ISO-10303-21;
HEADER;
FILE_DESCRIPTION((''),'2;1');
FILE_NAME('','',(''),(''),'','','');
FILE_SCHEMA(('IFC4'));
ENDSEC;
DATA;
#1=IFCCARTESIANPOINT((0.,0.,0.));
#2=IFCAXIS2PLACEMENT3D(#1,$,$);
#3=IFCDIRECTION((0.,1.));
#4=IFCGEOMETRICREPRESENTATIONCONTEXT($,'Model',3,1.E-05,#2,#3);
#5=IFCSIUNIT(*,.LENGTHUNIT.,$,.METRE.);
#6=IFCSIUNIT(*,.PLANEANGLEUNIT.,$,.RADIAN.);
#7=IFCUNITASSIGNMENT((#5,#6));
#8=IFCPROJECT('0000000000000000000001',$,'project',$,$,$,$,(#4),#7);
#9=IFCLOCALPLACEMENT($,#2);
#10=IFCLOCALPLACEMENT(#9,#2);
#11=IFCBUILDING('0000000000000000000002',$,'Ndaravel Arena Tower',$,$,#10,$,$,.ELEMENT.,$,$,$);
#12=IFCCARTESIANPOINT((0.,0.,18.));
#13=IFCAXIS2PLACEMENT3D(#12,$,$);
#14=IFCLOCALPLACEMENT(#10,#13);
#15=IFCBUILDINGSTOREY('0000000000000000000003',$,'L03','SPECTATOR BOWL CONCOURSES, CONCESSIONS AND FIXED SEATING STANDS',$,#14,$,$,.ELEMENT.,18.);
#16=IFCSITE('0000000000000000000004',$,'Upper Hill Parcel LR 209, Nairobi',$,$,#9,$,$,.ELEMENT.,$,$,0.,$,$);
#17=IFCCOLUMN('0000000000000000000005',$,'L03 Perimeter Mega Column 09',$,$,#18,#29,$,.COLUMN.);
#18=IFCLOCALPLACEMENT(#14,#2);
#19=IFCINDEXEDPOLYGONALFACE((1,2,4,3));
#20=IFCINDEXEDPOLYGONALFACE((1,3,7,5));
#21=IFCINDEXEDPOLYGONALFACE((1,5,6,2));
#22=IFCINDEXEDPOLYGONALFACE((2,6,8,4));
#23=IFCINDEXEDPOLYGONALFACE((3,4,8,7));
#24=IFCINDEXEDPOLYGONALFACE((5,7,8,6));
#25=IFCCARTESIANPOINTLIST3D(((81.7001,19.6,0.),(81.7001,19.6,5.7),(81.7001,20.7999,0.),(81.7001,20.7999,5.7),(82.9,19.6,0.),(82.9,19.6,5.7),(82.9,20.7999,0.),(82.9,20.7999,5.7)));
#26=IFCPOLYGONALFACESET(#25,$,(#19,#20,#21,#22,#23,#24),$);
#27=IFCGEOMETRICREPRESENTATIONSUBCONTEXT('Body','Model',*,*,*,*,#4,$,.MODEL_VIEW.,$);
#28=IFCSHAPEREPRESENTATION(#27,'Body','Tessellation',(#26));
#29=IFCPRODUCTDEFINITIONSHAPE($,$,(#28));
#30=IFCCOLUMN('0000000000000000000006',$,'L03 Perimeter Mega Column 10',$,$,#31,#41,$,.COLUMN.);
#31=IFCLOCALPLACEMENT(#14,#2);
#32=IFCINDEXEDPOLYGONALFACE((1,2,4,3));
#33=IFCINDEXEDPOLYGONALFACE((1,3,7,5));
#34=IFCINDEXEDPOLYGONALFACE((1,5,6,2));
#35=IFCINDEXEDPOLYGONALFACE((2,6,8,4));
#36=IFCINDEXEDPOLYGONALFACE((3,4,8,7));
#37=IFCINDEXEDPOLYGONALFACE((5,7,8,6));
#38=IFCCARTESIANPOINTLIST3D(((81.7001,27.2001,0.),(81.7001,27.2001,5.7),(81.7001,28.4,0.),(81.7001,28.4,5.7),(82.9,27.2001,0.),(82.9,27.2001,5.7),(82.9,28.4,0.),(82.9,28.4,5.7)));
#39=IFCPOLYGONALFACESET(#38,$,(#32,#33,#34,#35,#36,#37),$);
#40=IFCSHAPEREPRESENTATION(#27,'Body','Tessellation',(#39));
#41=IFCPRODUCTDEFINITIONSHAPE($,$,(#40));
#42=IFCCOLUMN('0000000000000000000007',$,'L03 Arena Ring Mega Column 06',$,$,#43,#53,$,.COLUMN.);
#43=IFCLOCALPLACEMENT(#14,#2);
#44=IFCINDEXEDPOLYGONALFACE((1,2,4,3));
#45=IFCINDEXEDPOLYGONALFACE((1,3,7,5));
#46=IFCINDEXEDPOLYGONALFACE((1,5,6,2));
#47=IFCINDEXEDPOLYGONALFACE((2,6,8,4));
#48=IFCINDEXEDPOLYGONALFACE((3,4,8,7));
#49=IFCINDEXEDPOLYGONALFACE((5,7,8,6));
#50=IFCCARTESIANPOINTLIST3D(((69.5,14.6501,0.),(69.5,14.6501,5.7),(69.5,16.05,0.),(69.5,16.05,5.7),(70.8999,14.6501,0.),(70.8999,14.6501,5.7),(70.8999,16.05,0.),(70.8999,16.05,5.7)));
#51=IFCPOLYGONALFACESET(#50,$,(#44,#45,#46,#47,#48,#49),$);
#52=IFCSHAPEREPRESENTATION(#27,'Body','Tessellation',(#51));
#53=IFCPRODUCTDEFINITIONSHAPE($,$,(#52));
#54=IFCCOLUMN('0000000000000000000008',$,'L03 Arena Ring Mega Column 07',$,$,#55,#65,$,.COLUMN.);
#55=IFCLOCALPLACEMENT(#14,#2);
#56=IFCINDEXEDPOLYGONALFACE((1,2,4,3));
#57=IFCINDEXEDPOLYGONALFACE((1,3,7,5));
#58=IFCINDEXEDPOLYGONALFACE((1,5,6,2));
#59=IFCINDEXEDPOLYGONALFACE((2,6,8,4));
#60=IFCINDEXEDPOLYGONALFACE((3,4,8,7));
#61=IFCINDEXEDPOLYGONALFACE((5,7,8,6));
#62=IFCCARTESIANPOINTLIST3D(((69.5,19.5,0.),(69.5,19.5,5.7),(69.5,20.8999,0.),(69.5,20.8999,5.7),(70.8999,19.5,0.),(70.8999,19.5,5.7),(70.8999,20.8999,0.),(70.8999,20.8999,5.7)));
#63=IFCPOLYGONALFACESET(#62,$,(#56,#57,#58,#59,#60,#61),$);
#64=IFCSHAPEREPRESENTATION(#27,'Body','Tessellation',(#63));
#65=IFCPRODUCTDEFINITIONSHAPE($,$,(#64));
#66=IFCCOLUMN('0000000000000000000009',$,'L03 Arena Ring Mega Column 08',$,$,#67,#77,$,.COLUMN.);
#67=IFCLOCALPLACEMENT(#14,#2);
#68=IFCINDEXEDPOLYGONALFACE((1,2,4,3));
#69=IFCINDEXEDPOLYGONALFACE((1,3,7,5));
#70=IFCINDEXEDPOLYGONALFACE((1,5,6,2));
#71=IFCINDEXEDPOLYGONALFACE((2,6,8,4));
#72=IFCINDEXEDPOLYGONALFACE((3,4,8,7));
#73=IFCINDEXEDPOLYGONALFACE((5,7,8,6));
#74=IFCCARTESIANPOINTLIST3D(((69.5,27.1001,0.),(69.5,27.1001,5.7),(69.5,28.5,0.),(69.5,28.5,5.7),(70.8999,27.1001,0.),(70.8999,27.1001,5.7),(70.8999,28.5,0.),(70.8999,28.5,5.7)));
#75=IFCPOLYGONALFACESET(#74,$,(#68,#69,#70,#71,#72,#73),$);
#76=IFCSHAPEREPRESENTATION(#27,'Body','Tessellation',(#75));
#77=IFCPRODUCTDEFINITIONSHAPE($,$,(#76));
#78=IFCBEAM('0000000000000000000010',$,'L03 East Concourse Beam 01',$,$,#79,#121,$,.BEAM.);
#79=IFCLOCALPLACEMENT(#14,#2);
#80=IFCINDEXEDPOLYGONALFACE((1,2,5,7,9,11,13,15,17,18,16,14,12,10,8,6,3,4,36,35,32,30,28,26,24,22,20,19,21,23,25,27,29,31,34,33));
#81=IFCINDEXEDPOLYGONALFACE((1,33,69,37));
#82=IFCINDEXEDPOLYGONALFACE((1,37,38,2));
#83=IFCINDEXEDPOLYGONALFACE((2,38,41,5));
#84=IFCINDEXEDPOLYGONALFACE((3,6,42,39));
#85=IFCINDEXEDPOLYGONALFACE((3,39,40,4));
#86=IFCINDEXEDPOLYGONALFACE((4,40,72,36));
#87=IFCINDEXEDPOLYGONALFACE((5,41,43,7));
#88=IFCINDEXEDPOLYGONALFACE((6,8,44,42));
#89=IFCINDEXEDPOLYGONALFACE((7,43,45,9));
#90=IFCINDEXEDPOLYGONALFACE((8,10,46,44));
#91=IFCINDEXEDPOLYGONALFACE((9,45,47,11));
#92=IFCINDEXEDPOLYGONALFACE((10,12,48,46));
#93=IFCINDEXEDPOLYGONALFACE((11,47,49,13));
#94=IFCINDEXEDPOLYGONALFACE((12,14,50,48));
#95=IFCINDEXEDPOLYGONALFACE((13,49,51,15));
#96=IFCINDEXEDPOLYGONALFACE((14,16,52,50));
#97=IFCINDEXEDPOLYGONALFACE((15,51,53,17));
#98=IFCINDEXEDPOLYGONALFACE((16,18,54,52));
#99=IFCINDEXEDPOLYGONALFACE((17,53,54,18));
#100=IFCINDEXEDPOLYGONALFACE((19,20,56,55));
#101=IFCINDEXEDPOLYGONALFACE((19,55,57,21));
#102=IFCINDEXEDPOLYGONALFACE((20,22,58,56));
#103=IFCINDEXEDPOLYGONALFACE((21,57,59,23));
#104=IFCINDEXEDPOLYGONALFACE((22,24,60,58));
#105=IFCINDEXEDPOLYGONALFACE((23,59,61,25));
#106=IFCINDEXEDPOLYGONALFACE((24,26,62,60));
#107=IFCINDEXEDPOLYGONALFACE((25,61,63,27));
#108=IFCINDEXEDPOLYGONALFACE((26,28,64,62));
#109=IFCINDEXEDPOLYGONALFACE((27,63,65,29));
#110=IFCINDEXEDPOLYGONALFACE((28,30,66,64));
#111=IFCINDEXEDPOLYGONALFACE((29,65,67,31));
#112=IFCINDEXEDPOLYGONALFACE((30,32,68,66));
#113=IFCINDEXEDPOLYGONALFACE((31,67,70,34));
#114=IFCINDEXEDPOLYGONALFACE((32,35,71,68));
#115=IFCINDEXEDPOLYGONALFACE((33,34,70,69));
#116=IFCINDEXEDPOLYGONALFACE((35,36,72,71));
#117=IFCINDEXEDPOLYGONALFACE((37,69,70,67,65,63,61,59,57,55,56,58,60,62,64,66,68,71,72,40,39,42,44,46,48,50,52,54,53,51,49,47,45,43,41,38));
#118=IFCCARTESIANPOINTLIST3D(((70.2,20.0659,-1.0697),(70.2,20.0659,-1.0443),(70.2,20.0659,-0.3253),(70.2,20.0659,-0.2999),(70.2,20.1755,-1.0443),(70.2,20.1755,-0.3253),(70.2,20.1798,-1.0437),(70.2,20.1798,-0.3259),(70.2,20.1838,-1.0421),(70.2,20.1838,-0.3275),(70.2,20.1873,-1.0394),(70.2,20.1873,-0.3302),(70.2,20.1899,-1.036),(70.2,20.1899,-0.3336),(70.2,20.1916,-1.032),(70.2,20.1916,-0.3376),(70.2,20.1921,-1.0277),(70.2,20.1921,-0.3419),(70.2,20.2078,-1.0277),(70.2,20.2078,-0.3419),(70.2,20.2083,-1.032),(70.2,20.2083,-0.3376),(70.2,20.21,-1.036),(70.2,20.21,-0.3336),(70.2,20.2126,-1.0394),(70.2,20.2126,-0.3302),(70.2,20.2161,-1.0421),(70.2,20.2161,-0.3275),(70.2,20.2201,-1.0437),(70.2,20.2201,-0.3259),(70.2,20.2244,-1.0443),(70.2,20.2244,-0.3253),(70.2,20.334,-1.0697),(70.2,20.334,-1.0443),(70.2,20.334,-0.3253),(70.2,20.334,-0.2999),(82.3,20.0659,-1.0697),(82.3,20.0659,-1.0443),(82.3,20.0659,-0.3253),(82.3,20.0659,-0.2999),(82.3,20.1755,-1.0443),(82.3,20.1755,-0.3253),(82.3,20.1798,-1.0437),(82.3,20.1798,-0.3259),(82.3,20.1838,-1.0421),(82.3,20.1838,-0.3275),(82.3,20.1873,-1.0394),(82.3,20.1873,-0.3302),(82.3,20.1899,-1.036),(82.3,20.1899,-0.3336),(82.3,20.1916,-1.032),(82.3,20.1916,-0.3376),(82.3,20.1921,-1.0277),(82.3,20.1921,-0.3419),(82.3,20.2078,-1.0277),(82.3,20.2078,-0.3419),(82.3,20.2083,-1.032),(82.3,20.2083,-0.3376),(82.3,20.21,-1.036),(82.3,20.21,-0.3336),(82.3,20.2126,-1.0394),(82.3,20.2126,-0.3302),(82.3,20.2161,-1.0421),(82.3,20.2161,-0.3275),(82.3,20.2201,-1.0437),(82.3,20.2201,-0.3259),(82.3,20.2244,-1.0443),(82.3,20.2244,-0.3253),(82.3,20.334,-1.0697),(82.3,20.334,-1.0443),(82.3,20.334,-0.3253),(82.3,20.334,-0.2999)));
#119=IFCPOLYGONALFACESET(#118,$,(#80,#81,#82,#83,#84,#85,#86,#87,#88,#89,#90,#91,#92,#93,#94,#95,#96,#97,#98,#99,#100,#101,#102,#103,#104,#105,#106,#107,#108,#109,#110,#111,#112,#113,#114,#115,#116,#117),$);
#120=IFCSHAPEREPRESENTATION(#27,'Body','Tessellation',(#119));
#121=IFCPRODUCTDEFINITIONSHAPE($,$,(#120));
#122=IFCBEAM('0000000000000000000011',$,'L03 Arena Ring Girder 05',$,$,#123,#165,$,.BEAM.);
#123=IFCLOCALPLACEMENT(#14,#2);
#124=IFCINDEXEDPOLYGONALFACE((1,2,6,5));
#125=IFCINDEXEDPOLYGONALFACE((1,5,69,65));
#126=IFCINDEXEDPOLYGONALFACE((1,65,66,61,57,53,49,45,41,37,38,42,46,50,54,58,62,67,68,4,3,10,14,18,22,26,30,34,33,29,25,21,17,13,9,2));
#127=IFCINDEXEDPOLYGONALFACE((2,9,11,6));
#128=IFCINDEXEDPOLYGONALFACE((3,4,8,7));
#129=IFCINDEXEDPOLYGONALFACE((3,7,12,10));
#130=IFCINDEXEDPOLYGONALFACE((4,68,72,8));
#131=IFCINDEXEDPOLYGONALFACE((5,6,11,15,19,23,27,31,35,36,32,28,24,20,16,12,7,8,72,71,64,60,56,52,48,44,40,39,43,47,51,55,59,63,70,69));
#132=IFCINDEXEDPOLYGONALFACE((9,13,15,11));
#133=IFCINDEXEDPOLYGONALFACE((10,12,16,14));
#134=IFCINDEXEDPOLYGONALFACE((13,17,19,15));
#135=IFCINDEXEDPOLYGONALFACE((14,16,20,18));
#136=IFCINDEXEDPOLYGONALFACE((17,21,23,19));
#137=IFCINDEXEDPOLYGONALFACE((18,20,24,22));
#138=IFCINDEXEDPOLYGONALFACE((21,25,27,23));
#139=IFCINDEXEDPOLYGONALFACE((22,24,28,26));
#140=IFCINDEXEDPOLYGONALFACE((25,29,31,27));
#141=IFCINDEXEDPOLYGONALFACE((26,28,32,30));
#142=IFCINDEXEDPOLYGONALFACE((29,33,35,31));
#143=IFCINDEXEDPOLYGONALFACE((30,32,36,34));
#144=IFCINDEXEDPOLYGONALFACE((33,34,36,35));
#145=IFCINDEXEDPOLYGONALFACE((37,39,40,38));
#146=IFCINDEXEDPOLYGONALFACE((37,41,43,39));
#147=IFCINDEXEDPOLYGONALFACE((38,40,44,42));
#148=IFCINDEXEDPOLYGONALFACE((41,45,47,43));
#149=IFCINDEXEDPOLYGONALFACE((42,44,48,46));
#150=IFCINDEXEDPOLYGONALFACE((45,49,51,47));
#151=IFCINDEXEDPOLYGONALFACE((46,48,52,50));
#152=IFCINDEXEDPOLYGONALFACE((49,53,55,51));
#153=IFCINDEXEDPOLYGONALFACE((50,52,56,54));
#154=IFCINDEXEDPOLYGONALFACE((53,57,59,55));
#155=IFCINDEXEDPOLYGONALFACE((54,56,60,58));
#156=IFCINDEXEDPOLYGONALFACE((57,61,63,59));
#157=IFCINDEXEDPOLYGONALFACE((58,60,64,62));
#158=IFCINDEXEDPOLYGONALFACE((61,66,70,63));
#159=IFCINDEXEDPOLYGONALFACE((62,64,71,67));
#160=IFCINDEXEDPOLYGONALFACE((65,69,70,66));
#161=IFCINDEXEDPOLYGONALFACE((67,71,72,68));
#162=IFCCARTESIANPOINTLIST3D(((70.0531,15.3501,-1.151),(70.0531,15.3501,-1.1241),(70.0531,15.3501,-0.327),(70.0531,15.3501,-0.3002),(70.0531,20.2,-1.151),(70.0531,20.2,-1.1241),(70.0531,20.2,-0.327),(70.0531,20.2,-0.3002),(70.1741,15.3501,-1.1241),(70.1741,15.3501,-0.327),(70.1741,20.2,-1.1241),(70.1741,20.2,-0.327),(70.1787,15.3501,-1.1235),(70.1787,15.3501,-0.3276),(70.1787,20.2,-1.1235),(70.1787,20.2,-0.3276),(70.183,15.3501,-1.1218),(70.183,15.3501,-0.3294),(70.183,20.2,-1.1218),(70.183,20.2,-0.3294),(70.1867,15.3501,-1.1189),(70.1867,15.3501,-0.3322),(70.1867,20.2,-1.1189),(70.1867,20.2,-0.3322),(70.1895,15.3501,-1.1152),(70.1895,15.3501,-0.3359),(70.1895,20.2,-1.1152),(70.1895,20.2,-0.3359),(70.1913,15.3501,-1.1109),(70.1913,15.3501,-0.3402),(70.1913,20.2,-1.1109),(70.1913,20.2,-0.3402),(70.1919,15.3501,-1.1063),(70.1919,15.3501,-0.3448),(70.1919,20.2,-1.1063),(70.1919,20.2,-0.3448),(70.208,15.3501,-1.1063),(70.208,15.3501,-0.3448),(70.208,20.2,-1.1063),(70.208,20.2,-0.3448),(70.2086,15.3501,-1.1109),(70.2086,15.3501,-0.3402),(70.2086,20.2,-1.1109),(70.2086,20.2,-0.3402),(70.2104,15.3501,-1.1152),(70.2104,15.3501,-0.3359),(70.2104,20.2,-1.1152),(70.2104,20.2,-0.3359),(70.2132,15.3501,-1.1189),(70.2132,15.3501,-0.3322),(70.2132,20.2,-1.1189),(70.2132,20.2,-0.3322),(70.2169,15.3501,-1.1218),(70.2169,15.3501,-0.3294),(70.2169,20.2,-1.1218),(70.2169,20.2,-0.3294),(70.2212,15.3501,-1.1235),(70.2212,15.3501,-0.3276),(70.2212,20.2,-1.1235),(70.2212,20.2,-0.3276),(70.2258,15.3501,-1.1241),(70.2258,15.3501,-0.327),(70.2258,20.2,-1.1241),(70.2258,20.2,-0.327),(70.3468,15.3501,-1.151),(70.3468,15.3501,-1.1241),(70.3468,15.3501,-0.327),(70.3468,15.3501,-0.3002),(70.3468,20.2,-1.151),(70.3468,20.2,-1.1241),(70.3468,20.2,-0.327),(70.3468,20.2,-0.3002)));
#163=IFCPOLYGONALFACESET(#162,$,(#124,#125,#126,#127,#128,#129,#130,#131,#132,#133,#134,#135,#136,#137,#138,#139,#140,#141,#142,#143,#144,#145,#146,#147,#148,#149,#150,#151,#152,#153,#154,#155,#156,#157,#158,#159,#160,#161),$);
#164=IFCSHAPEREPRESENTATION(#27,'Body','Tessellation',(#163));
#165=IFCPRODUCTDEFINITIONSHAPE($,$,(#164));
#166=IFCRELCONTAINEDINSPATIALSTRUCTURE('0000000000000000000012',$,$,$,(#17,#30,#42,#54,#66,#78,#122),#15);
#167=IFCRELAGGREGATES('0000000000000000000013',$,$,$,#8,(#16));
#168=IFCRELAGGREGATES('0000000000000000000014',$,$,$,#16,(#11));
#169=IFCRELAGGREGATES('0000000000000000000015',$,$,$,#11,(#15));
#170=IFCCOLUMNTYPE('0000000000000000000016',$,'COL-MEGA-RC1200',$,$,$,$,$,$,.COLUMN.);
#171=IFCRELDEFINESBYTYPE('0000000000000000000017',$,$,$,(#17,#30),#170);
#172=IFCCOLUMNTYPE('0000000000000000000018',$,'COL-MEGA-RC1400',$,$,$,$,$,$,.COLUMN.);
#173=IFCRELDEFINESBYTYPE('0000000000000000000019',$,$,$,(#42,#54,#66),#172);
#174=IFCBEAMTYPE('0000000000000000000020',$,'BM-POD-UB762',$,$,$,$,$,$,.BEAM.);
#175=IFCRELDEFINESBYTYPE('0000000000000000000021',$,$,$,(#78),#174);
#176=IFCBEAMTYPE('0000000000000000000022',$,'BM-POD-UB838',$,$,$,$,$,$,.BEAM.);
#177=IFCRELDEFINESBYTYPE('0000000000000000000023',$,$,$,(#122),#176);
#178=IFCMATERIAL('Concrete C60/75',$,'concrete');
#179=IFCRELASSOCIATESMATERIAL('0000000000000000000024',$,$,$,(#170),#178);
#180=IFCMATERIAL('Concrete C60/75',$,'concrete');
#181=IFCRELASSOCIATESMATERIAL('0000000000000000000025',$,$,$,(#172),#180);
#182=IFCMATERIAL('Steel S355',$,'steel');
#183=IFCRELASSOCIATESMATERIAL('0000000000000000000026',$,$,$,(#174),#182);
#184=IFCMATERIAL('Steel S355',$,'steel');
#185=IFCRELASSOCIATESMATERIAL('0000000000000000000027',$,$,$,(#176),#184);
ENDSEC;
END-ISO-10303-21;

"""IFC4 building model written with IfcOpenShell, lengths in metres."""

from ifc_helpers import new_model, si_unit, direction, frame, origin, origin_2d, place, context, subcontext, project, spatial, rectangle, i_section, extrude, material, material_profile, profile_set, type_object, element, save


model = new_model("IFC4")

# Units and contexts
model_context = context("Model", 3, precision=1e-05, world=origin(), true_north=direction((0.0, 1.0)))
body_context = subcontext(model_context, "Body", "Model", "MODEL_VIEW")
ifc_project = project(units=[si_unit("LENGTHUNIT", "METRE"), si_unit("PLANEANGLEUNIT", "RADIAN")], contexts=[model_context])

# Site, building, storey
site_placement = place(None, origin())
site = spatial("IfcSite", under=ifc_project, at=site_placement, Name="Upper Hill Parcel LR 209, Nairobi", CompositionType="ELEMENT", RefElevation=0.0)
building_placement = place(site_placement, origin())
building = spatial("IfcBuilding", under=site, at=building_placement, Name="Ndaravel Arena Tower", CompositionType="ELEMENT")
storey_placement = place(building_placement, frame((0.0, 0.0, 18.0)))
storey = spatial("IfcBuildingStorey", under=building, at=storey_placement, Name="L03", Description="SPECTATOR BOWL CONCOURSES, CONCESSIONS AND FIXED SEATING STANDS", CompositionType="ELEMENT", Elevation=18.0)

# Columns
ifc_material_1 = material(Name="Concrete C60/75", Category="concrete")
ifc_material_profile_1 = material_profile(ifc_material_1, rectangle(XDim=1.2, YDim=1.2, at=origin_2d()), Name="RC 1200x1200")
ifc_profile_set_1 = profile_set([ifc_material_profile_1], Name="Concrete C60/75")
column_type_1 = type_object("IfcColumnType", Name="COL-MEGA-RC1200", PredefinedType="COLUMN", material=ifc_profile_set_1)
for number, where, z_axis, x_axis, name in (
    (1, (82.3, 20.2, 0.0), (0.0, 0.0, 1.0), (1.0, 0.0, 0.0), "L03 Perimeter Mega Column 09"),
    (2, (82.3, 27.8, 0.0), (0.0, 0.0, 1.0), (1.0, 0.0, 0.0), "L03 Perimeter Mega Column 10"),
):
    element("IfcColumn", number, at=place(storey_placement, frame(where, z_axis=z_axis, x_axis=x_axis)), inside=storey, type_object=column_type_1, Name=name, PredefinedType="COLUMN", context=body_context, shape_type="SweptSolid", body=[
        extrude(rectangle(XDim=1.2, YDim=1.2, at=origin_2d()), origin(), (0.0, 0.0, 1.0), 5.7),
    ])
ifc_material_2 = material(Name="Concrete C60/75", Category="concrete")
ifc_material_profile_2 = material_profile(ifc_material_2, rectangle(XDim=1.3999, YDim=1.3999, at=origin_2d()), Name="RC 1400x1400")
ifc_profile_set_2 = profile_set([ifc_material_profile_2], Name="Concrete C60/75")
column_type_2 = type_object("IfcColumnType", Name="COL-MEGA-RC1400", PredefinedType="COLUMN", material=ifc_profile_set_2)
for number, where, z_axis, x_axis, name in (
    (3, (70.2, 15.3501, 0.0), (0.0, 0.0, 1.0), (1.0, 0.0, 0.0), "L03 Arena Ring Mega Column 06"),
    (4, (70.2, 20.2, 0.0), (0.0, 0.0, 1.0), (1.0, 0.0, 0.0), "L03 Arena Ring Mega Column 07"),
    (5, (70.2, 27.8, 0.0), (0.0, 0.0, 1.0), (1.0, 0.0, 0.0), "L03 Arena Ring Mega Column 08"),
):
    element("IfcColumn", number, at=place(storey_placement, frame(where, z_axis=z_axis, x_axis=x_axis)), inside=storey, type_object=column_type_2, Name=name, PredefinedType="COLUMN", context=body_context, shape_type="SweptSolid", body=[
        extrude(rectangle(XDim=1.3999, YDim=1.3999, at=origin_2d()), origin(), (0.0, 0.0, 1.0), 5.7),
    ])

# Beams
ifc_material_3 = material(Name="Steel S355", Category="steel")
ifc_material_profile_3 = material_profile(ifc_material_3, i_section(OverallWidth=0.2681, OverallDepth=0.7698, WebThickness=0.0156, FlangeThickness=0.0254, FilletRadius=0.0166, at=origin_2d()), Name="UB 762x267x197")
ifc_profile_set_3 = profile_set([ifc_material_profile_3], Name="Steel S355")
beam_type_1 = type_object("IfcBeamType", Name="BM-POD-UB762", PredefinedType="BEAM", material=ifc_profile_set_3)
beam_1_placement = place(storey_placement, frame((70.2, 20.2, -0.6848), z_axis=(1.0, 0.0, 0.0), x_axis=(0.0, 1.0, 0.0)))
element("IfcBeam", 6, at=beam_1_placement, inside=storey, type_object=beam_type_1, Name="L03 East Concourse Beam 01", PredefinedType="BEAM", context=body_context, shape_type="SweptSolid", body=[
    extrude(i_section(OverallWidth=0.2681, OverallDepth=0.7698, WebThickness=0.0156, FlangeThickness=0.0254, FilletRadius=0.0166, at=origin_2d()), origin(), (0.0, 0.0, 1.0), 12.1001),
])
ifc_material_4 = material(Name="Steel S355", Category="steel")
ifc_material_profile_4 = material_profile(ifc_material_4, i_section(OverallWidth=0.2937, OverallDepth=0.8508, WebThickness=0.0161, FlangeThickness=0.0269, FilletRadius=0.0178, at=origin_2d()), Name="UB 838x292x226")
ifc_profile_set_4 = profile_set([ifc_material_profile_4], Name="Steel S355")
beam_type_2 = type_object("IfcBeamType", Name="BM-POD-UB838", PredefinedType="BEAM", material=ifc_profile_set_4)
beam_2_placement = place(storey_placement, frame((70.2, 15.3501, -0.7256), z_axis=(0.0, 1.0, 0.0), x_axis=(-1.0, 0.0, 0.0)))
element("IfcBeam", 7, at=beam_2_placement, inside=storey, type_object=beam_type_2, Name="L03 Arena Ring Girder 05", PredefinedType="BEAM", context=body_context, shape_type="SweptSolid", body=[
    extrude(i_section(OverallWidth=0.2937, OverallDepth=0.8508, WebThickness=0.0161, FlangeThickness=0.0269, FilletRadius=0.0178, at=origin_2d()), origin(), (0.0, 0.0, 1.0), 4.8499),
])

save(model, "model.ifc")
